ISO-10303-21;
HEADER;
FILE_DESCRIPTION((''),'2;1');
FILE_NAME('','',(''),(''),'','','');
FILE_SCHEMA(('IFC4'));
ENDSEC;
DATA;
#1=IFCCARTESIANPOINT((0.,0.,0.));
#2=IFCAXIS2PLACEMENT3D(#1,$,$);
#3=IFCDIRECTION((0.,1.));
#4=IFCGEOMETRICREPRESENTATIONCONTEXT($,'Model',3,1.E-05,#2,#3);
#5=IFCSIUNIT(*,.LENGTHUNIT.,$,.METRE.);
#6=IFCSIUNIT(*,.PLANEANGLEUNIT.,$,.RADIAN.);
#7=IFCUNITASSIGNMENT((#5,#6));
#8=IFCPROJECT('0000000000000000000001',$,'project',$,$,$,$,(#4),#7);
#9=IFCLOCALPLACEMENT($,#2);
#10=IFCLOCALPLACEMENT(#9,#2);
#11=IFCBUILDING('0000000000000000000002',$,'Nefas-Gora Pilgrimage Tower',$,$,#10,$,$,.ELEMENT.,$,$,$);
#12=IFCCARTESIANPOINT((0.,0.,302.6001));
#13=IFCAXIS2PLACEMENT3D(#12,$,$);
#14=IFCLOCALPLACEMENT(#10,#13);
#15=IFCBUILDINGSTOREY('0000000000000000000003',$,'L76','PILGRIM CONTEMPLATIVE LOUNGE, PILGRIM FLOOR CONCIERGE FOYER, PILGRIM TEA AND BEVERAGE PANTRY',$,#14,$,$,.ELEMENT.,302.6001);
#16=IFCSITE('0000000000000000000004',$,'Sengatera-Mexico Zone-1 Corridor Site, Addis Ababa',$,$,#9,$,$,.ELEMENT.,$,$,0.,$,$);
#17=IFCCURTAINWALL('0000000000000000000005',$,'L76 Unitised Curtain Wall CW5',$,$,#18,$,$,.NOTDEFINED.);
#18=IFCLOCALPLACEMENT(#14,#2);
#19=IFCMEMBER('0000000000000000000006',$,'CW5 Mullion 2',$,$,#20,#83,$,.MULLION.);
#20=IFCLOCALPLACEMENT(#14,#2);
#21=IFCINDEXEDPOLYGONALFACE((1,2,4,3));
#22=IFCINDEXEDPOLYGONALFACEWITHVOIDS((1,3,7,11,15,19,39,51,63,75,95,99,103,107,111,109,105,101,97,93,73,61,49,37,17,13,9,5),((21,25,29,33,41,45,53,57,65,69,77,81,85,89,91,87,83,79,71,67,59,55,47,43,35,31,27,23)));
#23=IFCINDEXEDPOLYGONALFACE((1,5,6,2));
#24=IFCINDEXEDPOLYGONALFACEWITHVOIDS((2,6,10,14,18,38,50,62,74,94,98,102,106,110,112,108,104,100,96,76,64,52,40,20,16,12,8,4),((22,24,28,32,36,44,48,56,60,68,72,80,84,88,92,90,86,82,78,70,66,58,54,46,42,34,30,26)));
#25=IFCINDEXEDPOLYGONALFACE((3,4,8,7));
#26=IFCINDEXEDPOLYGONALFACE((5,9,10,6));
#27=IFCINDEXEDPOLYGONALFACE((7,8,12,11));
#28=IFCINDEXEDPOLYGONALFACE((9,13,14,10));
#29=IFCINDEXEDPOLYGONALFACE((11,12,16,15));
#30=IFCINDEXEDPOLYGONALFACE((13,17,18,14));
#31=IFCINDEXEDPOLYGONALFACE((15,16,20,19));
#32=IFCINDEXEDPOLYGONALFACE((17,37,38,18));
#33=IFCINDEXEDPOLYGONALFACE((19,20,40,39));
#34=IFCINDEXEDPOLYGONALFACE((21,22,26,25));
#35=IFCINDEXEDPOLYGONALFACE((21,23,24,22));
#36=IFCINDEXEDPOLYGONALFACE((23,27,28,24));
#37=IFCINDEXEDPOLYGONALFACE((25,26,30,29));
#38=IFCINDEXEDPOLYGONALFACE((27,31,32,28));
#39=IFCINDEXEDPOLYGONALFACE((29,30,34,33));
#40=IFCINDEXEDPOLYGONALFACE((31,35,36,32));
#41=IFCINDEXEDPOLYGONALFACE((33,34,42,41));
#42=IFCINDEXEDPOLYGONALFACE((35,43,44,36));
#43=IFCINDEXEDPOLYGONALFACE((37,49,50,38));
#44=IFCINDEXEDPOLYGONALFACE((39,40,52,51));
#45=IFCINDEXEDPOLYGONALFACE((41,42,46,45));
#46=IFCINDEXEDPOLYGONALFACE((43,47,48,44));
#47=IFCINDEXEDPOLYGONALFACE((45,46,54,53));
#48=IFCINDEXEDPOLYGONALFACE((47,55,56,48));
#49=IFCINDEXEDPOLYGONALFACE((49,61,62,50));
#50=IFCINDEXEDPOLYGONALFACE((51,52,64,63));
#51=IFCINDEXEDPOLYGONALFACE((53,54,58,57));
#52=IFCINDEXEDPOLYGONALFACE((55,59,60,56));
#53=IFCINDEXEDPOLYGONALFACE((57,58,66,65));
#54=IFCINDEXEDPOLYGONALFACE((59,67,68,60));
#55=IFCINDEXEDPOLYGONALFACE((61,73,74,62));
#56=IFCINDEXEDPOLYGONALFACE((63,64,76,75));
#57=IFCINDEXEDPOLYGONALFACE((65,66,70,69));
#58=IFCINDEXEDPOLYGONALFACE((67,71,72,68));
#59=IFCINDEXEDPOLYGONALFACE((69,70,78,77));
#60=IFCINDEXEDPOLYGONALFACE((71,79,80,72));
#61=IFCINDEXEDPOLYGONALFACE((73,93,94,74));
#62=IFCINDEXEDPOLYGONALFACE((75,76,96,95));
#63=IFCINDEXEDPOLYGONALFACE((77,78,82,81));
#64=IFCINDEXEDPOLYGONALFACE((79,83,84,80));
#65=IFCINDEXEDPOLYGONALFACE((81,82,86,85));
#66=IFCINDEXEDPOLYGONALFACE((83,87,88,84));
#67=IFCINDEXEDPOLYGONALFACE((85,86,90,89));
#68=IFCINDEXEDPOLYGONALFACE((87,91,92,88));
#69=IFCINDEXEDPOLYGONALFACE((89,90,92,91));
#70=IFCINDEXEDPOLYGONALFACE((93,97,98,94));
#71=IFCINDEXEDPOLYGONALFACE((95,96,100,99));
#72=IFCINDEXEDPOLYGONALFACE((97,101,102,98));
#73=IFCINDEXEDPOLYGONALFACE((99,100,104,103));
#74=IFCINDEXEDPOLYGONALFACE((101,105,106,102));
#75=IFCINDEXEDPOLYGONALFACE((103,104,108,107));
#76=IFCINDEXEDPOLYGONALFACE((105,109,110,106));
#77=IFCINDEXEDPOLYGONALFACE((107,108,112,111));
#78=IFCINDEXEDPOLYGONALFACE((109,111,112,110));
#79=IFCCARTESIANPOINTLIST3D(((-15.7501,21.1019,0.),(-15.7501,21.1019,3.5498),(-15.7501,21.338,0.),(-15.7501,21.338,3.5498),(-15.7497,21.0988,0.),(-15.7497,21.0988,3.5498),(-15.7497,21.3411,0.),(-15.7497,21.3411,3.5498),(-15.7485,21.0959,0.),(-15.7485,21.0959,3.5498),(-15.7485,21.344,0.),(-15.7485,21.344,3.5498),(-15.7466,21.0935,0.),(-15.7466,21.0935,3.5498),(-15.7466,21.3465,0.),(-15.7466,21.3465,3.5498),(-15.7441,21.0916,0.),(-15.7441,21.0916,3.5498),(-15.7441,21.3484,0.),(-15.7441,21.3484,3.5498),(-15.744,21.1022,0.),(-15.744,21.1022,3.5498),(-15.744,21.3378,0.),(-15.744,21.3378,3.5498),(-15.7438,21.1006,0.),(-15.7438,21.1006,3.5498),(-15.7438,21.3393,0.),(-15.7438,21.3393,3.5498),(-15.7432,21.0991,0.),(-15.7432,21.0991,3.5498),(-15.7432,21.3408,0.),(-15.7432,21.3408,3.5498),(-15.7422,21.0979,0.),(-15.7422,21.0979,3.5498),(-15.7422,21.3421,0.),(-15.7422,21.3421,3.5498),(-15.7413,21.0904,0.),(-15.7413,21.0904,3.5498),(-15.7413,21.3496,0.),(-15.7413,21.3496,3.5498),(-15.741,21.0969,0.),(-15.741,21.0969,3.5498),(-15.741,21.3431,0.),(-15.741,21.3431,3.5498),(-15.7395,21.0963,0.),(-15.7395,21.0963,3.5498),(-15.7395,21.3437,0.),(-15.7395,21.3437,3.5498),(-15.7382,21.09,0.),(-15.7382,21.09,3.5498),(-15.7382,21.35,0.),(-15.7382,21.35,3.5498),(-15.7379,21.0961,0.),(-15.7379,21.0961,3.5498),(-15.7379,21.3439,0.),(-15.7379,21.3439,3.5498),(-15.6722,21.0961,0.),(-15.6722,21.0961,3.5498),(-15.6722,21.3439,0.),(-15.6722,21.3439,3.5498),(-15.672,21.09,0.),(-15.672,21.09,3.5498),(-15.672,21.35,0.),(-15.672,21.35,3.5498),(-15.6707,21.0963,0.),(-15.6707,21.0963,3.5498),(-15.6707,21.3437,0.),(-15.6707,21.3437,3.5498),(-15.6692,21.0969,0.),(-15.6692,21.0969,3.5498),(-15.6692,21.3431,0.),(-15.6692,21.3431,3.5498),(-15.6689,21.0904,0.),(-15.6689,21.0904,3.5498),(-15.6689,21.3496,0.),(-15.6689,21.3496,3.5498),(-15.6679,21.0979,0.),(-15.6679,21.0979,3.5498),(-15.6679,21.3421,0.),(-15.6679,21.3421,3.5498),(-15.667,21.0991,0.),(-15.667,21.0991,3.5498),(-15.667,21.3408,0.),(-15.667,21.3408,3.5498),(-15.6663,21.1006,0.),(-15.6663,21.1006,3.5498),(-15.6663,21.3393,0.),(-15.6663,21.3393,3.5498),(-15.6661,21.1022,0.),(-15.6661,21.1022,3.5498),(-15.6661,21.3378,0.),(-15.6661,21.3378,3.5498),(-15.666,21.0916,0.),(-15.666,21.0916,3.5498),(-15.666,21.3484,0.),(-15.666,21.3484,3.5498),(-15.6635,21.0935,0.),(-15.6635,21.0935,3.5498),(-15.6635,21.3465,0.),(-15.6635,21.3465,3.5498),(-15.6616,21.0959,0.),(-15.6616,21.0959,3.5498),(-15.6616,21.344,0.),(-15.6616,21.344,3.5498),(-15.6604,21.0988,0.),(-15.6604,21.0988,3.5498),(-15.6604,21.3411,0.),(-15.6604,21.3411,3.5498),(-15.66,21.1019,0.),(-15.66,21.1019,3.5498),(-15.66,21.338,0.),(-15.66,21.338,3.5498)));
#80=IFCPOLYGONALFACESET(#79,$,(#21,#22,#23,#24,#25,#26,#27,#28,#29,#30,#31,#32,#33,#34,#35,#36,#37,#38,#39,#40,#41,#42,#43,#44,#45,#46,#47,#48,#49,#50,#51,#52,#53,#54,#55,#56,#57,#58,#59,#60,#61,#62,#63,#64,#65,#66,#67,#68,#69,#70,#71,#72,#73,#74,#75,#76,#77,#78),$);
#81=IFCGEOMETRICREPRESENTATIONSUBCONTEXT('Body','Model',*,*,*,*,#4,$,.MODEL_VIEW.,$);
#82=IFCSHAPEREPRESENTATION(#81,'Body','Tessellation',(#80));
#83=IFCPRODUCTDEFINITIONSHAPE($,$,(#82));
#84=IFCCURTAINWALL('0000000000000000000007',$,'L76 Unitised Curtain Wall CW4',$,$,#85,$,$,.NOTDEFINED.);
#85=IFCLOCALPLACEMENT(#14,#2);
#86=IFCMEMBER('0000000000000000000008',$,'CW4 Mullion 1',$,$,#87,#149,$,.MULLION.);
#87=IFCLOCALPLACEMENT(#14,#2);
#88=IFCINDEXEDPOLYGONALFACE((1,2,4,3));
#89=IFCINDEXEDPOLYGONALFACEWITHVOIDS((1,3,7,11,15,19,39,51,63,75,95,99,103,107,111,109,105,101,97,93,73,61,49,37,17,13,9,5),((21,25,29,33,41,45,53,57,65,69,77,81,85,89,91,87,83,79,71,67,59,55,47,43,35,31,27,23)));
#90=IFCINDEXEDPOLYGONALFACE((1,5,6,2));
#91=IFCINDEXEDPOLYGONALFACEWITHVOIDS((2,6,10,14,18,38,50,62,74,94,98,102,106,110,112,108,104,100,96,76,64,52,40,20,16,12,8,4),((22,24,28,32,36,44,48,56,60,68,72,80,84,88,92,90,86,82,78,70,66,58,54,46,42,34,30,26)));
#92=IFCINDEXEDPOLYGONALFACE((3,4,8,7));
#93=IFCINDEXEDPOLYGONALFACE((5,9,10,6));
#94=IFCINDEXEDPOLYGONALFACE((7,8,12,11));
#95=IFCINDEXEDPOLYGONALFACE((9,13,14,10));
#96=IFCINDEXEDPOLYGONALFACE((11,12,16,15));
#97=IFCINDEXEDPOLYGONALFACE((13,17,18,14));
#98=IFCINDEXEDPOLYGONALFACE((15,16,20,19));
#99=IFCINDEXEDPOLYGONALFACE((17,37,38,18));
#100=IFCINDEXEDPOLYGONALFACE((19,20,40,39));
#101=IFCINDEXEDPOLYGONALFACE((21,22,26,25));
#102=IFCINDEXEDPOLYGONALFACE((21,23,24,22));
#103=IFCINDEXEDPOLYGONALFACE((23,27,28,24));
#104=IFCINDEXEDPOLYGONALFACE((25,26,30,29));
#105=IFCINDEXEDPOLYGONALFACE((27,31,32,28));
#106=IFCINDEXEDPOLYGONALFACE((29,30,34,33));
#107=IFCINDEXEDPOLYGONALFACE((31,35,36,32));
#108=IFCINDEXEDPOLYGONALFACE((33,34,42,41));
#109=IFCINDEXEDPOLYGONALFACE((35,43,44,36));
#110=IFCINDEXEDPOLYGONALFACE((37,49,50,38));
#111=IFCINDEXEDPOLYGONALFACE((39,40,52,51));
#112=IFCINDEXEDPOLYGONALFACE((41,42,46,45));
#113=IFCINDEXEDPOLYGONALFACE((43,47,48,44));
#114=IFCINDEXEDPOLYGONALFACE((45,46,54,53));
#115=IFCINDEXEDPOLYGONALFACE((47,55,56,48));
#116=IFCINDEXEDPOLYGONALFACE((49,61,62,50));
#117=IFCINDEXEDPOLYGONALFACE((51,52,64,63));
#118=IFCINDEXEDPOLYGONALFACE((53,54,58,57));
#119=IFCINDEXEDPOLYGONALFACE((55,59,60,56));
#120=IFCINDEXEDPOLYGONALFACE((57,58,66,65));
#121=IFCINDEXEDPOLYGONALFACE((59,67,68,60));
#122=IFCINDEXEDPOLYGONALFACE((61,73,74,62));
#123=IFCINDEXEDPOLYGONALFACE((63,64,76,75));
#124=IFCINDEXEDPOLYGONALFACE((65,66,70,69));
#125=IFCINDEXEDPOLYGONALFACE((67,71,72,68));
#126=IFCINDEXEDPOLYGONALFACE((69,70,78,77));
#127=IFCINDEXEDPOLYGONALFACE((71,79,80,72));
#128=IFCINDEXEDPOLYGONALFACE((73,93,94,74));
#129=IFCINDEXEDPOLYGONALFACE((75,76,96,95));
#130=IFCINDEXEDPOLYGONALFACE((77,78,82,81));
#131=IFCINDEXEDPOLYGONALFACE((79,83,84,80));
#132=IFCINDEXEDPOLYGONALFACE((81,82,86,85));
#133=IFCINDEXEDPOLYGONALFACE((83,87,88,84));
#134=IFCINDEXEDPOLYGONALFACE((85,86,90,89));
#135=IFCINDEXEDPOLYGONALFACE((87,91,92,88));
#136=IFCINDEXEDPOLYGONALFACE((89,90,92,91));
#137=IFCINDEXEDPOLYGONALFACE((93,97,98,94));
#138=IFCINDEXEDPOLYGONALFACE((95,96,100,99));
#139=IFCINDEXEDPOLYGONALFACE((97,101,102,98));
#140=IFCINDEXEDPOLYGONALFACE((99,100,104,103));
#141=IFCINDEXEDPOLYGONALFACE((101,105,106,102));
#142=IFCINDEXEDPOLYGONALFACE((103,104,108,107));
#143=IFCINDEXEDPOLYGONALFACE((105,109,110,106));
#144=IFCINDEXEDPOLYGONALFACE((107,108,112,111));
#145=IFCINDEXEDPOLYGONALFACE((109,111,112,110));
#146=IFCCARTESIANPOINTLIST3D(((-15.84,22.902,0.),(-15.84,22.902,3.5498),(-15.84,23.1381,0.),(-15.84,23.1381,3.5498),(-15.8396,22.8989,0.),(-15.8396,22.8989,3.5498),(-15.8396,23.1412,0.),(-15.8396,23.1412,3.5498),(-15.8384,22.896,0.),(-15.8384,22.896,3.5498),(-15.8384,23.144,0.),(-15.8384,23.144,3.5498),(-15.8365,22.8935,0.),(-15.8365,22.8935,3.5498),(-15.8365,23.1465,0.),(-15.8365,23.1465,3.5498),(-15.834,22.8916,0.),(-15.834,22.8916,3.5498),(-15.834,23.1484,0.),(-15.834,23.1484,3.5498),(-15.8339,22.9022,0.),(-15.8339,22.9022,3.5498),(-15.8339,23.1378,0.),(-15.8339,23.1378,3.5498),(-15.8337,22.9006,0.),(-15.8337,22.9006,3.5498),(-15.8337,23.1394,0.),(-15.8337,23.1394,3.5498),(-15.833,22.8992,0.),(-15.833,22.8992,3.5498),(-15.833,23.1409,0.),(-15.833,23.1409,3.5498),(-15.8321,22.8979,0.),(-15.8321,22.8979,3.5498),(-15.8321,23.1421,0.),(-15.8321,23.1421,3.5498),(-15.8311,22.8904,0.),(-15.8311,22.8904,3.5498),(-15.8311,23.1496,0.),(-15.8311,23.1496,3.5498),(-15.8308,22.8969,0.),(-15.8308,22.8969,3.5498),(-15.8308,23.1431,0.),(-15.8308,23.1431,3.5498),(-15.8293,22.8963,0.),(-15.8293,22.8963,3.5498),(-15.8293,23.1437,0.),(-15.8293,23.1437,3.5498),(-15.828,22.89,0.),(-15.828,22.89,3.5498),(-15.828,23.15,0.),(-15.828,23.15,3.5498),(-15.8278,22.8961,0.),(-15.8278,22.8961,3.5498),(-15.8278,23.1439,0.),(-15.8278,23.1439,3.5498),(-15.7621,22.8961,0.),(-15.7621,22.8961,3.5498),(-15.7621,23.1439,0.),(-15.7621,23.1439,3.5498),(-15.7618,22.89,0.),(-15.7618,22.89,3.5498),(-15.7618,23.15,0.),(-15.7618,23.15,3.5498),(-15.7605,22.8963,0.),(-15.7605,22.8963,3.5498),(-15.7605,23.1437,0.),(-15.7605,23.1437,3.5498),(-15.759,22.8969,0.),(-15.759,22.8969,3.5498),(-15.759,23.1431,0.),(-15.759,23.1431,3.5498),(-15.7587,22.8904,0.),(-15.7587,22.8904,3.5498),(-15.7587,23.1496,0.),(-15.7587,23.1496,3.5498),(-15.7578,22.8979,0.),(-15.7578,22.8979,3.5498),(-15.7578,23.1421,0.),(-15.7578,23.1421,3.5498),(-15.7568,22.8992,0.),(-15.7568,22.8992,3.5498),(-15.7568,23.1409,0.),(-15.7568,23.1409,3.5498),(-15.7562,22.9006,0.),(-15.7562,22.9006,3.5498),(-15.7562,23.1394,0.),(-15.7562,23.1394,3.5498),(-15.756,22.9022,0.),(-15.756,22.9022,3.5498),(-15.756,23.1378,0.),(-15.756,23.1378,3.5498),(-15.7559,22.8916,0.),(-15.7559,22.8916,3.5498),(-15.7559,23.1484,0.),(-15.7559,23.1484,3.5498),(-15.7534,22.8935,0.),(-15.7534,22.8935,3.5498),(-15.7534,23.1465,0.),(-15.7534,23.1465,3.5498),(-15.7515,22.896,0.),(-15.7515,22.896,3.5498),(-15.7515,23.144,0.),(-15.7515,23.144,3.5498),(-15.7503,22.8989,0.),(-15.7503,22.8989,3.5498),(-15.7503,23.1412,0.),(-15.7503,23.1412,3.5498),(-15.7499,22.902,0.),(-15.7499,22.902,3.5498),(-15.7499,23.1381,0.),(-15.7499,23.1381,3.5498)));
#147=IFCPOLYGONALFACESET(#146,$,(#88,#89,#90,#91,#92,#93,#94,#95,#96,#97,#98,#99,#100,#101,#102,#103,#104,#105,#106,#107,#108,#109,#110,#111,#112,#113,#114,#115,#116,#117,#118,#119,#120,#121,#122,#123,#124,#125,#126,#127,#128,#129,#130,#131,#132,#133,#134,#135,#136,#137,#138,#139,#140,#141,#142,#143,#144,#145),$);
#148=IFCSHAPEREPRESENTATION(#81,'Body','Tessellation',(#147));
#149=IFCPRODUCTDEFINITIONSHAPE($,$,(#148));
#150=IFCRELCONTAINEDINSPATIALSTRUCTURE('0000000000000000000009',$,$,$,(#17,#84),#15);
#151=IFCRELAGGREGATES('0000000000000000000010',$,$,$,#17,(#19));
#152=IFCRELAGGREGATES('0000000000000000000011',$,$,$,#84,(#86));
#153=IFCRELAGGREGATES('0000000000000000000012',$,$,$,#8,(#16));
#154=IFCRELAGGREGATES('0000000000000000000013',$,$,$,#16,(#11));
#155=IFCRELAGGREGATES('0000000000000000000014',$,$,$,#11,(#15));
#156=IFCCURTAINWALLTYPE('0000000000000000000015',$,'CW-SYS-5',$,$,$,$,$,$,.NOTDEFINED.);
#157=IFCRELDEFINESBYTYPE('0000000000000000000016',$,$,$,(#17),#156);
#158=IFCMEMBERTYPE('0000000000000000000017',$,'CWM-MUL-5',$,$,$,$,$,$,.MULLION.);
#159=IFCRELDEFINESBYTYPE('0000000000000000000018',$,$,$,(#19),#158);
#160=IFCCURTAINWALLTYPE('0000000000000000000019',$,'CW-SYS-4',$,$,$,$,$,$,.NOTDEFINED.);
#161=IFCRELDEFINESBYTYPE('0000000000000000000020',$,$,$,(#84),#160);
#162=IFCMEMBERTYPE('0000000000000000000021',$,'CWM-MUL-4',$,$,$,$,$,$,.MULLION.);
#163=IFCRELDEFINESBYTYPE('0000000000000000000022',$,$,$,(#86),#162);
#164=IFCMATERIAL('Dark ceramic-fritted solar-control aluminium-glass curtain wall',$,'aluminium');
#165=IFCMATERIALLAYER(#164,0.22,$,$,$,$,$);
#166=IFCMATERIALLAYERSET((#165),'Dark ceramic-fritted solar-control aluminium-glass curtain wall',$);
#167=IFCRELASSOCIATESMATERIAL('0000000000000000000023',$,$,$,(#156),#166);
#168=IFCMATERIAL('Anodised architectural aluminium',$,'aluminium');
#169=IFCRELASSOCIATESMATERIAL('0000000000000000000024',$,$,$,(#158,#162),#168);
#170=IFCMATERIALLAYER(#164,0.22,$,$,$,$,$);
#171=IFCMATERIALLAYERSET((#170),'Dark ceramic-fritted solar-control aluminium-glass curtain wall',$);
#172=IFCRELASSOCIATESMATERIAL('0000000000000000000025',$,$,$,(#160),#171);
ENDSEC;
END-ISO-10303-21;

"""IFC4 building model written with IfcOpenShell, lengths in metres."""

from ifc_helpers import new_model, si_unit, direction, frame, origin, origin_2d, place, context, subcontext, project, spatial, hollow_rectangle, extrude, source, transform, mapped, material, layer, layer_set, material_profile, profile_set, type_object, element, aggregate, save


model = new_model("IFC4")

# Units and contexts
model_context = context("Model", 3, precision=1e-05, world=origin(), true_north=direction((0.0, 1.0)))
body_context = subcontext(model_context, "Body", "Model", "MODEL_VIEW")
ifc_project = project(units=[si_unit("LENGTHUNIT", "METRE"), si_unit("PLANEANGLEUNIT", "RADIAN")], contexts=[model_context])

# Site, building, storey
site_placement = place(None, origin())
site = spatial("IfcSite", under=ifc_project, at=site_placement, Name="Sengatera-Mexico Zone-1 Corridor Site, Addis Ababa", CompositionType="ELEMENT", RefElevation=0.0)
building_placement = place(site_placement, origin())
building = spatial("IfcBuilding", under=site, at=building_placement, Name="Nefas-Gora Pilgrimage Tower", CompositionType="ELEMENT")
storey_placement = place(building_placement, frame((0.0, 0.0, 302.6001)))
storey = spatial("IfcBuildingStorey", under=building, at=storey_placement, Name="L76", Description="PILGRIM CONTEMPLATIVE LOUNGE, PILGRIM FLOOR CONCIERGE FOYER, PILGRIM TEA AND BEVERAGE PANTRY", CompositionType="ELEMENT", Elevation=302.6001)

# Curtain wall, member
ifc_material_1 = material(Name="Dark ceramic-fritted solar-control aluminium-glass curtain wall", Category="aluminium")
ifc_layer_1 = layer(ifc_material_1, 0.22)
ifc_layer_set_1 = layer_set([ifc_layer_1], Name="Dark ceramic-fritted solar-control aluminium-glass curtain wall")
curtain_wall_type_1 = type_object("IfcCurtainWallType", Name="CW-SYS-5", PredefinedType="NOTDEFINED", material=ifc_layer_set_1)
curtain_wall_1_placement = place(storey_placement, origin())
curtain_wall_1 = element("IfcCurtainWall", 1, at=curtain_wall_1_placement, inside=storey, type_object=curtain_wall_type_1, Name="L76 Unitised Curtain Wall CW5", PredefinedType="NOTDEFINED")
ifc_material_2 = material(Name="Anodised architectural aluminium", Category="aluminium")
ifc_material_profile_1 = material_profile(ifc_material_2, hollow_rectangle(XDim=0.0901, YDim=0.26, WallThickness=0.0061, InnerFilletRadius=0.0061, OuterFilletRadius=0.012, at=origin_2d()), Name="ALU MULLION 90x260")
ifc_profile_set_1 = profile_set([ifc_material_profile_1], Name="Anodised architectural aluminium")
member_type_1 = type_object("IfcMemberType", Name="CWM-MUL-5", PredefinedType="MULLION", material=ifc_profile_set_1)
shared_shape_1 = source(origin(), body_context, "Body", "SweptSolid", [
    extrude(hollow_rectangle(XDim=0.0901, YDim=0.26, WallThickness=0.0061, InnerFilletRadius=0.0061, OuterFilletRadius=0.012, at=origin_2d()), origin(), (0.0, 0.0, 1.0), 3.5498),
])
member_1_placement = place(storey_placement, frame((-15.7051, 21.22, 0.0), z_axis=(0.0, 0.0, 1.0), x_axis=(-1.0, 0.0, 0.0)))
member_1 = element("IfcMember", 2, at=member_1_placement, type_object=member_type_1, Name="CW5 Mullion 2", PredefinedType="MULLION", context=body_context, shape_type="MappedRepresentation", body=[
    mapped(shared_shape_1, transform((0.0, 0.0, 0.0), x_axis=(1.0, 0.0, 0.0), y_axis=(0.0, 1.0, 0.0), z_axis=(0.0, 0.0, 1.0), scale=1.0)),
])

# Curtain wall, member
ifc_layer_2 = layer(ifc_material_1, 0.22)
ifc_layer_set_2 = layer_set([ifc_layer_2], Name="Dark ceramic-fritted solar-control aluminium-glass curtain wall")
curtain_wall_type_2 = type_object("IfcCurtainWallType", Name="CW-SYS-4", PredefinedType="NOTDEFINED", material=ifc_layer_set_2)
curtain_wall_2_placement = place(storey_placement, origin())
curtain_wall_2 = element("IfcCurtainWall", 3, at=curtain_wall_2_placement, inside=storey, type_object=curtain_wall_type_2, Name="L76 Unitised Curtain Wall CW4", PredefinedType="NOTDEFINED")
ifc_material_profile_2 = material_profile(ifc_material_2, hollow_rectangle(XDim=0.0901, YDim=0.26, WallThickness=0.0061, InnerFilletRadius=0.0061, OuterFilletRadius=0.012, at=origin_2d()), Name="ALU MULLION 90x260")
ifc_profile_set_2 = profile_set([ifc_material_profile_2], Name="Anodised architectural aluminium")
member_type_2 = type_object("IfcMemberType", Name="CWM-MUL-4", PredefinedType="MULLION", material=ifc_profile_set_2)
shared_shape_2 = source(origin(), body_context, "Body", "SweptSolid", [
    extrude(hollow_rectangle(XDim=0.0901, YDim=0.26, WallThickness=0.0061, InnerFilletRadius=0.0061, OuterFilletRadius=0.012, at=origin_2d()), origin(), (0.0, 0.0, 1.0), 3.5498),
])
member_2_placement = place(storey_placement, frame((-15.7949, 23.02, 0.0), z_axis=(0.0, 0.0, 1.0), x_axis=(-1.0, 0.0, 0.0)))
member_2 = element("IfcMember", 4, at=member_2_placement, type_object=member_type_2, Name="CW4 Mullion 1", PredefinedType="MULLION", context=body_context, shape_type="MappedRepresentation", body=[
    mapped(shared_shape_2, transform((0.0, 0.0, 0.0), x_axis=(1.0, 0.0, 0.0), y_axis=(0.0, 1.0, 0.0), z_axis=(0.0, 0.0, 1.0), scale=1.0)),
])

aggregate(curtain_wall_1, [member_1])
aggregate(curtain_wall_2, [member_2])

save(model, "model.ifc")
